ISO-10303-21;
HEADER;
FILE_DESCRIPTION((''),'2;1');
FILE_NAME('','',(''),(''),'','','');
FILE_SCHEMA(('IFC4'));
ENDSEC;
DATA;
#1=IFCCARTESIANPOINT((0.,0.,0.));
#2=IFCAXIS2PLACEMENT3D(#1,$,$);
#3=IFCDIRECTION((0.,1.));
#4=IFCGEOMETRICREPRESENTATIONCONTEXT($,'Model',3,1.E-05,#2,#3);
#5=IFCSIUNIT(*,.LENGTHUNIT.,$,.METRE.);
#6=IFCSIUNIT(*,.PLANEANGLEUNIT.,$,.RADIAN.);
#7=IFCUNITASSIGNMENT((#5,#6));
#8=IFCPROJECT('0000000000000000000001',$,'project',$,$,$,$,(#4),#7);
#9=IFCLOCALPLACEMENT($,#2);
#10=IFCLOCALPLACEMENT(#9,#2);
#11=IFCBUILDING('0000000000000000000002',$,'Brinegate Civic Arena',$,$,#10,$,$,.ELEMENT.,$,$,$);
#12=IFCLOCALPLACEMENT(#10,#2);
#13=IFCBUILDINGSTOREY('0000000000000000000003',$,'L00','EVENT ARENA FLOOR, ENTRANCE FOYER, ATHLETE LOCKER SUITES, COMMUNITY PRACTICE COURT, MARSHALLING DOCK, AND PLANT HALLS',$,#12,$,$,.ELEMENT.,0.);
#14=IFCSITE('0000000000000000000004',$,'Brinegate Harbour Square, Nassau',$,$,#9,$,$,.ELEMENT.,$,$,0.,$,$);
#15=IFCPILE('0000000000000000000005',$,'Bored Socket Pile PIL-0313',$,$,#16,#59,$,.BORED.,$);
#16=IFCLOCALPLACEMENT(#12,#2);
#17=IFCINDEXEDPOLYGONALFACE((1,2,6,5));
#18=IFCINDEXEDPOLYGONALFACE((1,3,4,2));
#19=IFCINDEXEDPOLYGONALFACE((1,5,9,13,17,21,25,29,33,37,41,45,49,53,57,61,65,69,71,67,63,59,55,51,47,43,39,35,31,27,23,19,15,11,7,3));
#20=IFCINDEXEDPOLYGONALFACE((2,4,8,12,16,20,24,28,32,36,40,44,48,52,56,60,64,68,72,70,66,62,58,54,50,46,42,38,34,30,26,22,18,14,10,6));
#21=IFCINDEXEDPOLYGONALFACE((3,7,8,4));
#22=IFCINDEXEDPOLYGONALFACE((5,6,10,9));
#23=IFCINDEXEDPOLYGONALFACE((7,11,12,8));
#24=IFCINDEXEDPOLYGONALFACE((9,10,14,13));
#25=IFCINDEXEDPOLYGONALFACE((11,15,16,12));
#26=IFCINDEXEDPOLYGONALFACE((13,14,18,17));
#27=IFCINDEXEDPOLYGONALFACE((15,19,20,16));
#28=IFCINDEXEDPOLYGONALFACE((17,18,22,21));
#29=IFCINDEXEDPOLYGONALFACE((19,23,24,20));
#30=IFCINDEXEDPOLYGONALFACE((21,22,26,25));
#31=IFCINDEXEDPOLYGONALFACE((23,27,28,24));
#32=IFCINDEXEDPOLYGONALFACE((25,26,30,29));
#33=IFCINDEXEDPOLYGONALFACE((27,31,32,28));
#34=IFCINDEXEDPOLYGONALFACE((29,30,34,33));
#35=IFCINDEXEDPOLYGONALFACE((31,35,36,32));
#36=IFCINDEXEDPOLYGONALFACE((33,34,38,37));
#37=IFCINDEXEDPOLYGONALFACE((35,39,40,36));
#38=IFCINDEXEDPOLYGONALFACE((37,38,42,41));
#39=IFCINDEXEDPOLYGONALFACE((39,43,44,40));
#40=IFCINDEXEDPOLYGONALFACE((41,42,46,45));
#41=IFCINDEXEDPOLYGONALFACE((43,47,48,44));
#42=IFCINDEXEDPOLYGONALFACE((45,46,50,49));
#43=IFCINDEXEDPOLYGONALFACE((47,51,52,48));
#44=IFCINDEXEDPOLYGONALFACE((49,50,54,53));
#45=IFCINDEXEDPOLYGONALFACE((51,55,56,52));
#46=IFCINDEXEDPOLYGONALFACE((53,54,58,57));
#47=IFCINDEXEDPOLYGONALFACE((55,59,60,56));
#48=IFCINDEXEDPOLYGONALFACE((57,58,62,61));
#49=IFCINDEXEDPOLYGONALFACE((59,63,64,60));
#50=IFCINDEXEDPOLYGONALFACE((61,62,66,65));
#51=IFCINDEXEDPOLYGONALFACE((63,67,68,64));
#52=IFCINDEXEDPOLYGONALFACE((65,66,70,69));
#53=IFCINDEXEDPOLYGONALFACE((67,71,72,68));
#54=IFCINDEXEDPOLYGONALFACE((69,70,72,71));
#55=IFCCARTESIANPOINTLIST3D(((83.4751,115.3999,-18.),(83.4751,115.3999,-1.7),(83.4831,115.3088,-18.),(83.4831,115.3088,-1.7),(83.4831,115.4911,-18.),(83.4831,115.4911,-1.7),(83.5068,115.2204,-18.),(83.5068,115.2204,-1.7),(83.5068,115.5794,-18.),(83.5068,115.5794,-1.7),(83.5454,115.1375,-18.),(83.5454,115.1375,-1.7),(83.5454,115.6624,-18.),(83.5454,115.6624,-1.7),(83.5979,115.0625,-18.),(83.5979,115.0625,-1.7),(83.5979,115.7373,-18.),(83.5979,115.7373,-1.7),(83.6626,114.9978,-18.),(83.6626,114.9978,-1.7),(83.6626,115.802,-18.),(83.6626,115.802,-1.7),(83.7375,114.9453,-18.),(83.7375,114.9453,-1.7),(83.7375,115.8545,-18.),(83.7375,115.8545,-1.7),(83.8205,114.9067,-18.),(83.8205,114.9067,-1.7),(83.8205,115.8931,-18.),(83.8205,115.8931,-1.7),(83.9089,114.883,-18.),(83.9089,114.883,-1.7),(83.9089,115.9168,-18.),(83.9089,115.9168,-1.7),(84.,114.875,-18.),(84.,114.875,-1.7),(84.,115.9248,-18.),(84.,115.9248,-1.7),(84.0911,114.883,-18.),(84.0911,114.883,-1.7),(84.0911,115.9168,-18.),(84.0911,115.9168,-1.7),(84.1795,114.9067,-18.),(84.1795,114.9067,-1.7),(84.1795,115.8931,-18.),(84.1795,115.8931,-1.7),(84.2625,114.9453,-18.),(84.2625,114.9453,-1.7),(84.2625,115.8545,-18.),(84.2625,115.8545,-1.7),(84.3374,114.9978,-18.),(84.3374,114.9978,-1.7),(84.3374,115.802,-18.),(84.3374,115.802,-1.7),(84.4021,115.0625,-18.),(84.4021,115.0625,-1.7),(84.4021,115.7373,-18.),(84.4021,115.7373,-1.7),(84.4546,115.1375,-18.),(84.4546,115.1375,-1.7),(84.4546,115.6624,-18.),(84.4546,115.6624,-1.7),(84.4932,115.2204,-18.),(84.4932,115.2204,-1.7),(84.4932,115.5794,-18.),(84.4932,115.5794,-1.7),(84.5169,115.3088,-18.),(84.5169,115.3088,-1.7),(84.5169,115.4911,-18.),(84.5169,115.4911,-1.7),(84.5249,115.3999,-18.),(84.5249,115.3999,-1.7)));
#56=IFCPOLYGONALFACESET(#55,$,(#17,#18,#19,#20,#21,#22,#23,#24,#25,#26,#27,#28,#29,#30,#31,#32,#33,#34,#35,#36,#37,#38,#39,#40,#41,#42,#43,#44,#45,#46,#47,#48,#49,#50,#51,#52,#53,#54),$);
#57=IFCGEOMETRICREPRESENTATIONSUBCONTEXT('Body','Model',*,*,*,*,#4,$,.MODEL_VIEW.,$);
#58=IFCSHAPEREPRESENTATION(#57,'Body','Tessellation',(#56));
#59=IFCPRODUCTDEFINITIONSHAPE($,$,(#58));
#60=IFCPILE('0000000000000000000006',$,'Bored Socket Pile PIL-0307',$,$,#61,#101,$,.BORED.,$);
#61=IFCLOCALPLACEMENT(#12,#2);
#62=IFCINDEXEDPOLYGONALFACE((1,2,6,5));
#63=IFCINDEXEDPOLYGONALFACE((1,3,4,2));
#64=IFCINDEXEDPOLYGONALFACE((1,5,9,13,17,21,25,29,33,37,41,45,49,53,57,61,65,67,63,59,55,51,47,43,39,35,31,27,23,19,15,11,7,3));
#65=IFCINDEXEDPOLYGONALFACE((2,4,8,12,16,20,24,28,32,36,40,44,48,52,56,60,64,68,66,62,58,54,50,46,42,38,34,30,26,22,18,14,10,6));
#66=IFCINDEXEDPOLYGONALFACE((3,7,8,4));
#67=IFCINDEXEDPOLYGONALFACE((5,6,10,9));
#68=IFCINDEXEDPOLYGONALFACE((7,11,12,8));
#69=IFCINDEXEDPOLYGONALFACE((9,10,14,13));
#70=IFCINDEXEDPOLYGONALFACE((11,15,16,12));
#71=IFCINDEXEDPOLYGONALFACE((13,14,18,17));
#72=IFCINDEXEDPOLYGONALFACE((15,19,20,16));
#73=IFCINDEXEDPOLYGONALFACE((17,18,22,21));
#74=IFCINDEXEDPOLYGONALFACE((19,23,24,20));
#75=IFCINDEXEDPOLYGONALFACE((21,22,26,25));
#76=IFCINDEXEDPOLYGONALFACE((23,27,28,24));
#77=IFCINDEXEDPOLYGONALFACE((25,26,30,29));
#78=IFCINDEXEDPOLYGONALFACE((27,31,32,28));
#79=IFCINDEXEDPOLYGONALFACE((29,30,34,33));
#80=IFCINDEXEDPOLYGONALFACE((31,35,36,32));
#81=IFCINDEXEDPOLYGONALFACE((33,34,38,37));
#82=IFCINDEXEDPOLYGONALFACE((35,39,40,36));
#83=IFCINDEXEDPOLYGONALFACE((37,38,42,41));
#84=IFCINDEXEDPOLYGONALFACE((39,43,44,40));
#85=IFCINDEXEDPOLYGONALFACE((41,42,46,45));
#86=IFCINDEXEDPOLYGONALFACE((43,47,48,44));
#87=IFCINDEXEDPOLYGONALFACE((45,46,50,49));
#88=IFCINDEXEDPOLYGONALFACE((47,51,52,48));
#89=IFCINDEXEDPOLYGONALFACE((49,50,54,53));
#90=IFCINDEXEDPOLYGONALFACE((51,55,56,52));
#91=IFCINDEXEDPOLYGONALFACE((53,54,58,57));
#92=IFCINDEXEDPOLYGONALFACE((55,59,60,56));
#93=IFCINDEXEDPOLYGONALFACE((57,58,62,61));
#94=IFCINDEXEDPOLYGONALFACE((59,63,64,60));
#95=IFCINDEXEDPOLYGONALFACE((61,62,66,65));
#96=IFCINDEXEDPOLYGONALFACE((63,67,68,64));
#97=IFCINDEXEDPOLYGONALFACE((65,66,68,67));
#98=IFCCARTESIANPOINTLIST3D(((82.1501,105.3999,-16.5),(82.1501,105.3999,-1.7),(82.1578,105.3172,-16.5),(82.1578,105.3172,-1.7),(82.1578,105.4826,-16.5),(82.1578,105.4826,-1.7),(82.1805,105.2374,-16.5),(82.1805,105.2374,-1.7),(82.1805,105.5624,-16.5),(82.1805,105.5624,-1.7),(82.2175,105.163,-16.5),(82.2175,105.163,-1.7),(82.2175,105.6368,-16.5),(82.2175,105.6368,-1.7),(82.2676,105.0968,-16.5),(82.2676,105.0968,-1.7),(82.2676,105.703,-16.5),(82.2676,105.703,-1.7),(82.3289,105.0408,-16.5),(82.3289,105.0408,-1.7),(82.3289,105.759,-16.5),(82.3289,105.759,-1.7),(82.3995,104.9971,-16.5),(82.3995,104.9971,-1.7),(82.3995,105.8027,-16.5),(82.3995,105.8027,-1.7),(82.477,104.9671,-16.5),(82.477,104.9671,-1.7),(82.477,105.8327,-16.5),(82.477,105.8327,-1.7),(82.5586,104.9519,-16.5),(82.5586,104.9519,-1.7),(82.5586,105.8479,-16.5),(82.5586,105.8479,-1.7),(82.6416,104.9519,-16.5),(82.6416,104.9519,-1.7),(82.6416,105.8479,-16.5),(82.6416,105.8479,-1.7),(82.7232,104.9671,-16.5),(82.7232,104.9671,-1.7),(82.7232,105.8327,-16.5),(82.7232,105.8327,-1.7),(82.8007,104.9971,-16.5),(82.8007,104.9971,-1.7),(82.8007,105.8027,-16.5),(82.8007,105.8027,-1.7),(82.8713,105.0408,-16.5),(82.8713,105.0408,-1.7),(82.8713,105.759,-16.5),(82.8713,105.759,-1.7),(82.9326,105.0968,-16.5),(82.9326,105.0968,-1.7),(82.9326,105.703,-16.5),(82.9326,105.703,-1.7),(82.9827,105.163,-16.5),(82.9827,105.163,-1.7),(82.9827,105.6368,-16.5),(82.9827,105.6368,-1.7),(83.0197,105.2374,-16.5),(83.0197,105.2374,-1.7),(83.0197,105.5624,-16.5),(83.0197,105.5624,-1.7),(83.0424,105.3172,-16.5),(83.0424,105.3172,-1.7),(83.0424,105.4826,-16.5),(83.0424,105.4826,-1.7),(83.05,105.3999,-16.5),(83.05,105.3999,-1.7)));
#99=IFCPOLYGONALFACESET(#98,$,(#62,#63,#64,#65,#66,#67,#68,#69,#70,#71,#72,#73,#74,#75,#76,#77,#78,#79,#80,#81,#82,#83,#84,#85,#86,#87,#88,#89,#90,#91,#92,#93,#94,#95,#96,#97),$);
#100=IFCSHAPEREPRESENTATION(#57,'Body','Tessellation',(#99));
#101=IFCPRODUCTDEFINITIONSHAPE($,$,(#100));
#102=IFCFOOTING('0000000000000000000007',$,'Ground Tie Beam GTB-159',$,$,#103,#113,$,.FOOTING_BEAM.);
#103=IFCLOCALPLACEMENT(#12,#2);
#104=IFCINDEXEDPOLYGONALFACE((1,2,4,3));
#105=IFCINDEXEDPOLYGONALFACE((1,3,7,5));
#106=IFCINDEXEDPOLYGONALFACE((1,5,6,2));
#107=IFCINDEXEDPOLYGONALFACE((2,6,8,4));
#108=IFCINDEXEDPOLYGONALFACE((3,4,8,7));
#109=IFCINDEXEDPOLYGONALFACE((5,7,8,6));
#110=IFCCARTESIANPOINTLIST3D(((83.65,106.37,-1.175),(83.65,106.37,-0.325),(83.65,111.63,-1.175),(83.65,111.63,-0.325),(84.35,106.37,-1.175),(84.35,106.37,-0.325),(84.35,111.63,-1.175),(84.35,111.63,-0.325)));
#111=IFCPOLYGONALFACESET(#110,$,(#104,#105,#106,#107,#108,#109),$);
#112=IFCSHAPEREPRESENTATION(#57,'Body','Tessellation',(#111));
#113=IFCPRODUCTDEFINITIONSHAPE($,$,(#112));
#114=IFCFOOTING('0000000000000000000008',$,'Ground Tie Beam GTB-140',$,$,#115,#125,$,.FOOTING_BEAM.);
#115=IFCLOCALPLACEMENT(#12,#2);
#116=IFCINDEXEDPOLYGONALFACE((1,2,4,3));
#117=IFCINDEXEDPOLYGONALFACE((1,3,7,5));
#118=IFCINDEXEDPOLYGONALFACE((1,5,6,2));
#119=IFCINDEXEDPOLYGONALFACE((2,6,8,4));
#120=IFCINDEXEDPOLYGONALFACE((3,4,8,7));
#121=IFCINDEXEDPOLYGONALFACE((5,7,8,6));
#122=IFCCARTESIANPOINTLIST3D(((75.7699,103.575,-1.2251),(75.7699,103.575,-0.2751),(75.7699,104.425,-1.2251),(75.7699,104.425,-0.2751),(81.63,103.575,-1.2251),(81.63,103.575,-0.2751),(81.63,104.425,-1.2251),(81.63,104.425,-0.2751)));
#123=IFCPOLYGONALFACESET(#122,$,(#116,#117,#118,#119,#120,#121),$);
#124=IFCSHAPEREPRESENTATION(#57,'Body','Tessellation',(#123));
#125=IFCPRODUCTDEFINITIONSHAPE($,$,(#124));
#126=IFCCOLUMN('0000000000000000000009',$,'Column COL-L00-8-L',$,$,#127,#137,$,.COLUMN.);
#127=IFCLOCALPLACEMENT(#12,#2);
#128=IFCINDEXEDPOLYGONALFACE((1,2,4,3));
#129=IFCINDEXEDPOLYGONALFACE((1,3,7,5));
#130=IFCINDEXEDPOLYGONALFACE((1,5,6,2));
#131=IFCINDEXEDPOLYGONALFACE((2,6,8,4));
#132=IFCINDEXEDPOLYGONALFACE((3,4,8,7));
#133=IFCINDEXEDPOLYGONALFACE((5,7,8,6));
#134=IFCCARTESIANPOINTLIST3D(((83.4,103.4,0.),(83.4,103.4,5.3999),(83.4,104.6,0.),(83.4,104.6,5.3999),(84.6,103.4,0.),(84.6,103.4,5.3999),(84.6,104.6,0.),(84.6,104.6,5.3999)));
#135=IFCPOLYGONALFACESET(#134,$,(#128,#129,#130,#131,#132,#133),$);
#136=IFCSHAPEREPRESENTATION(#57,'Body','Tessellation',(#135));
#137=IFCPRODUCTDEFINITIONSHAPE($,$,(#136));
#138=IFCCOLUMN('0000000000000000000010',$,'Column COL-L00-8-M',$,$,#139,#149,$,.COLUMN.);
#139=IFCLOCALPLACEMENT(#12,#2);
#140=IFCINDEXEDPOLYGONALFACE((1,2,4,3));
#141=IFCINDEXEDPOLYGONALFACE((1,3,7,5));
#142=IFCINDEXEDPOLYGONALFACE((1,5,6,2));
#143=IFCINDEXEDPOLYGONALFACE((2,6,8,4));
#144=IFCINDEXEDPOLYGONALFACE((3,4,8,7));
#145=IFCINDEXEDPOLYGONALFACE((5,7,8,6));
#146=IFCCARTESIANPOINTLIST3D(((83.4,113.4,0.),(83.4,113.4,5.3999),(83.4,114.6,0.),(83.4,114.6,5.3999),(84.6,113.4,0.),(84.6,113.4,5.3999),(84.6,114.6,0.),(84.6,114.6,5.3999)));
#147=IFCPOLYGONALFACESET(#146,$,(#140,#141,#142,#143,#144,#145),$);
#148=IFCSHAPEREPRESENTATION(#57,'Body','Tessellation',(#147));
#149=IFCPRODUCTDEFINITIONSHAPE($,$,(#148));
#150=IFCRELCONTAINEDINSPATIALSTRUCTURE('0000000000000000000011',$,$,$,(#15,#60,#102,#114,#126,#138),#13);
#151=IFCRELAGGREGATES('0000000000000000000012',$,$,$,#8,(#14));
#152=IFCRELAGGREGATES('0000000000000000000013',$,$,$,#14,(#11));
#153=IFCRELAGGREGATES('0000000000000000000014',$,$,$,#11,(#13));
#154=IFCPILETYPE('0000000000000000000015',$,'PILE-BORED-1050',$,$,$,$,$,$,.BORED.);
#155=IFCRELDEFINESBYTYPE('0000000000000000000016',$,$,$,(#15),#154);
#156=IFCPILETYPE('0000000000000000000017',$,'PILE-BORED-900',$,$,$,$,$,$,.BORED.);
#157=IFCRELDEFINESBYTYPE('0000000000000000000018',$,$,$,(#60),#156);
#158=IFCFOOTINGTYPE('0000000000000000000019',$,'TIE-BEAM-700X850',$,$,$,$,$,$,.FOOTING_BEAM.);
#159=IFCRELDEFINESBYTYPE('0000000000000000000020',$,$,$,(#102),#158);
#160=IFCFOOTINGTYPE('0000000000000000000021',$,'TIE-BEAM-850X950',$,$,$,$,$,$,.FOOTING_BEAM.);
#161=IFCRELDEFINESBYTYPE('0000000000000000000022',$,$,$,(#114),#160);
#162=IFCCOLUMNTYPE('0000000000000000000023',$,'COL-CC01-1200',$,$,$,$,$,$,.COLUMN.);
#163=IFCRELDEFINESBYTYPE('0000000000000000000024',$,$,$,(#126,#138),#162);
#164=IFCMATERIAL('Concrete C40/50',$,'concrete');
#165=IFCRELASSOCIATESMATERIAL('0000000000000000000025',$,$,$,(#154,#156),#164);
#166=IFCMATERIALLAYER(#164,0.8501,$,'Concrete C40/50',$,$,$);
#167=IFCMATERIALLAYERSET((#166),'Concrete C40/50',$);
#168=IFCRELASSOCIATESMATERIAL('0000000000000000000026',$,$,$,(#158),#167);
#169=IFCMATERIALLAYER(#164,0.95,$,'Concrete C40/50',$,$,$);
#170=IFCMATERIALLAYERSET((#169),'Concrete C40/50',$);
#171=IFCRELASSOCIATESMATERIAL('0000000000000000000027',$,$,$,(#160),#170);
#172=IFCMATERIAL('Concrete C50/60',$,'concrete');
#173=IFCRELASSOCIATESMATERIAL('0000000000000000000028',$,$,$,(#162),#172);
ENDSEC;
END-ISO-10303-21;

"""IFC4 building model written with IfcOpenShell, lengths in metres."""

from ifc_helpers import new_model, si_unit, direction, frame, origin, origin_2d, place, context, subcontext, project, spatial, rectangle, circle, extrude, material, layer, layer_set, material_profile, profile_set, type_object, element, save


model = new_model("IFC4")

# Units and contexts
model_context = context("Model", 3, precision=1e-05, world=origin(), true_north=direction((0.0, 1.0)))
body_context = subcontext(model_context, "Body", "Model", "MODEL_VIEW")
ifc_project = project(units=[si_unit("LENGTHUNIT", "METRE"), si_unit("PLANEANGLEUNIT", "RADIAN")], contexts=[model_context])

# Site, building, storey
site_placement = place(None, origin())
site = spatial("IfcSite", under=ifc_project, at=site_placement, Name="Brinegate Harbour Square, Nassau", CompositionType="ELEMENT", RefElevation=0.0)
building_placement = place(site_placement, origin())
building = spatial("IfcBuilding", under=site, at=building_placement, Name="Brinegate Civic Arena", CompositionType="ELEMENT")
storey_placement = place(building_placement, origin())
storey = spatial("IfcBuildingStorey", under=building, at=storey_placement, Name="L00", Description="EVENT ARENA FLOOR, ENTRANCE FOYER, ATHLETE LOCKER SUITES, COMMUNITY PRACTICE COURT, MARSHALLING DOCK, AND PLANT HALLS", CompositionType="ELEMENT", Elevation=0.0)

# Shared definitions
ifc_material_1 = material(Name="Concrete C40/50", Category="concrete")

# Piles
ifc_material_profile_1 = material_profile(ifc_material_1, circle(Radius=0.5249, at=origin_2d()), Name="PILED1050")
ifc_profile_set_1 = profile_set([ifc_material_profile_1], Name="Concrete C40/50")
pile_type_1 = type_object("IfcPileType", Name="PILE-BORED-1050", PredefinedType="BORED", material=ifc_profile_set_1)
for number, where, z_axis, x_axis, name in (
    (1, (84.0, 115.3999, -1.7), (0.0, 0.0, -1.0), (1.0, 0.0, 0.0), "Bored Socket Pile PIL-0313"),
):
    element("IfcPile", number, at=place(storey_placement, frame(where, z_axis=z_axis, x_axis=x_axis)), inside=storey, type_object=pile_type_1, Name=name, PredefinedType="BORED", context=body_context, shape_type="SweptSolid", body=[
        extrude(circle(Radius=0.5249, at=origin_2d()), origin(), (0.0, 0.0, 1.0), 16.3),
    ])
ifc_material_profile_2 = material_profile(ifc_material_1, circle(Radius=0.45, at=origin_2d()), Name="PILED900")
ifc_profile_set_2 = profile_set([ifc_material_profile_2], Name="Concrete C40/50")
pile_type_2 = type_object("IfcPileType", Name="PILE-BORED-900", PredefinedType="BORED", material=ifc_profile_set_2)
pile_placement = place(storey_placement, frame((82.6001, 105.3999, -1.7), z_axis=(0.0, 0.0, -1.0), x_axis=(1.0, 0.0, 0.0)))
element("IfcPile", 2, at=pile_placement, inside=storey, type_object=pile_type_2, Name="Bored Socket Pile PIL-0307", PredefinedType="BORED", context=body_context, shape_type="SweptSolid", body=[
    extrude(circle(Radius=0.45, at=origin_2d()), origin(), (0.0, 0.0, 1.0), 14.8),
])

# Footings
ifc_layer_1 = layer(ifc_material_1, 0.8501, Name="Concrete C40/50")
ifc_layer_set_1 = layer_set([ifc_layer_1], Name="Concrete C40/50")
footing_type_1 = type_object("IfcFootingType", Name="TIE-BEAM-700X850", PredefinedType="FOOTING_BEAM", material=ifc_layer_set_1)
footing_1_placement = place(storey_placement, frame((84.0, 109.0, -1.175), z_axis=(0.0, 0.0, 1.0), x_axis=(0.0, 1.0, 0.0)))
element("IfcFooting", 3, at=footing_1_placement, inside=storey, type_object=footing_type_1, Name="Ground Tie Beam GTB-159", PredefinedType="FOOTING_BEAM", context=body_context, shape_type="SweptSolid", body=[
    extrude(rectangle(XDim=5.26, YDim=0.7, at=origin_2d()), origin(), (0.0, 0.0, 1.0), 0.8501),
])
ifc_layer_2 = layer(ifc_material_1, 0.95, Name="Concrete C40/50")
ifc_layer_set_2 = layer_set([ifc_layer_2], Name="Concrete C40/50")
footing_type_2 = type_object("IfcFootingType", Name="TIE-BEAM-850X950", PredefinedType="FOOTING_BEAM", material=ifc_layer_set_2)
footing_2_placement = place(storey_placement, frame((78.7, 104.0, -1.2251), z_axis=(0.0, 0.0, 1.0), x_axis=(1.0, 0.0, 0.0)))
element("IfcFooting", 4, at=footing_2_placement, inside=storey, type_object=footing_type_2, Name="Ground Tie Beam GTB-140", PredefinedType="FOOTING_BEAM", context=body_context, shape_type="SweptSolid", body=[
    extrude(rectangle(XDim=5.8601, YDim=0.8501, at=origin_2d()), origin(), (0.0, 0.0, 1.0), 0.95),
])

# Columns
ifc_material_2 = material(Name="Concrete C50/60", Category="concrete")
ifc_material_profile_3 = material_profile(ifc_material_2, rectangle(XDim=1.2, YDim=1.2, at=origin_2d()), Name="RC1200X1200")
ifc_profile_set_3 = profile_set([ifc_material_profile_3], Name="Concrete C50/60")
column_type = type_object("IfcColumnType", Name="COL-CC01-1200", PredefinedType="COLUMN", material=ifc_profile_set_3)
for number, where, z_axis, x_axis, name in (
    (5, (84.0, 104.0, 0.0), (0.0, 0.0, 1.0), (1.0, 0.0, 0.0), "Column COL-L00-8-L"),
    (6, (84.0, 114.0, 0.0), (0.0, 0.0, 1.0), (1.0, 0.0, 0.0), "Column COL-L00-8-M"),
):
    element("IfcColumn", number, at=place(storey_placement, frame(where, z_axis=z_axis, x_axis=x_axis)), inside=storey, type_object=column_type, Name=name, PredefinedType="COLUMN", context=body_context, shape_type="SweptSolid", body=[
        extrude(rectangle(XDim=1.2, YDim=1.2, at=origin_2d()), origin(), (0.0, 0.0, 1.0), 5.3999),
    ])

save(model, "model.ifc")
